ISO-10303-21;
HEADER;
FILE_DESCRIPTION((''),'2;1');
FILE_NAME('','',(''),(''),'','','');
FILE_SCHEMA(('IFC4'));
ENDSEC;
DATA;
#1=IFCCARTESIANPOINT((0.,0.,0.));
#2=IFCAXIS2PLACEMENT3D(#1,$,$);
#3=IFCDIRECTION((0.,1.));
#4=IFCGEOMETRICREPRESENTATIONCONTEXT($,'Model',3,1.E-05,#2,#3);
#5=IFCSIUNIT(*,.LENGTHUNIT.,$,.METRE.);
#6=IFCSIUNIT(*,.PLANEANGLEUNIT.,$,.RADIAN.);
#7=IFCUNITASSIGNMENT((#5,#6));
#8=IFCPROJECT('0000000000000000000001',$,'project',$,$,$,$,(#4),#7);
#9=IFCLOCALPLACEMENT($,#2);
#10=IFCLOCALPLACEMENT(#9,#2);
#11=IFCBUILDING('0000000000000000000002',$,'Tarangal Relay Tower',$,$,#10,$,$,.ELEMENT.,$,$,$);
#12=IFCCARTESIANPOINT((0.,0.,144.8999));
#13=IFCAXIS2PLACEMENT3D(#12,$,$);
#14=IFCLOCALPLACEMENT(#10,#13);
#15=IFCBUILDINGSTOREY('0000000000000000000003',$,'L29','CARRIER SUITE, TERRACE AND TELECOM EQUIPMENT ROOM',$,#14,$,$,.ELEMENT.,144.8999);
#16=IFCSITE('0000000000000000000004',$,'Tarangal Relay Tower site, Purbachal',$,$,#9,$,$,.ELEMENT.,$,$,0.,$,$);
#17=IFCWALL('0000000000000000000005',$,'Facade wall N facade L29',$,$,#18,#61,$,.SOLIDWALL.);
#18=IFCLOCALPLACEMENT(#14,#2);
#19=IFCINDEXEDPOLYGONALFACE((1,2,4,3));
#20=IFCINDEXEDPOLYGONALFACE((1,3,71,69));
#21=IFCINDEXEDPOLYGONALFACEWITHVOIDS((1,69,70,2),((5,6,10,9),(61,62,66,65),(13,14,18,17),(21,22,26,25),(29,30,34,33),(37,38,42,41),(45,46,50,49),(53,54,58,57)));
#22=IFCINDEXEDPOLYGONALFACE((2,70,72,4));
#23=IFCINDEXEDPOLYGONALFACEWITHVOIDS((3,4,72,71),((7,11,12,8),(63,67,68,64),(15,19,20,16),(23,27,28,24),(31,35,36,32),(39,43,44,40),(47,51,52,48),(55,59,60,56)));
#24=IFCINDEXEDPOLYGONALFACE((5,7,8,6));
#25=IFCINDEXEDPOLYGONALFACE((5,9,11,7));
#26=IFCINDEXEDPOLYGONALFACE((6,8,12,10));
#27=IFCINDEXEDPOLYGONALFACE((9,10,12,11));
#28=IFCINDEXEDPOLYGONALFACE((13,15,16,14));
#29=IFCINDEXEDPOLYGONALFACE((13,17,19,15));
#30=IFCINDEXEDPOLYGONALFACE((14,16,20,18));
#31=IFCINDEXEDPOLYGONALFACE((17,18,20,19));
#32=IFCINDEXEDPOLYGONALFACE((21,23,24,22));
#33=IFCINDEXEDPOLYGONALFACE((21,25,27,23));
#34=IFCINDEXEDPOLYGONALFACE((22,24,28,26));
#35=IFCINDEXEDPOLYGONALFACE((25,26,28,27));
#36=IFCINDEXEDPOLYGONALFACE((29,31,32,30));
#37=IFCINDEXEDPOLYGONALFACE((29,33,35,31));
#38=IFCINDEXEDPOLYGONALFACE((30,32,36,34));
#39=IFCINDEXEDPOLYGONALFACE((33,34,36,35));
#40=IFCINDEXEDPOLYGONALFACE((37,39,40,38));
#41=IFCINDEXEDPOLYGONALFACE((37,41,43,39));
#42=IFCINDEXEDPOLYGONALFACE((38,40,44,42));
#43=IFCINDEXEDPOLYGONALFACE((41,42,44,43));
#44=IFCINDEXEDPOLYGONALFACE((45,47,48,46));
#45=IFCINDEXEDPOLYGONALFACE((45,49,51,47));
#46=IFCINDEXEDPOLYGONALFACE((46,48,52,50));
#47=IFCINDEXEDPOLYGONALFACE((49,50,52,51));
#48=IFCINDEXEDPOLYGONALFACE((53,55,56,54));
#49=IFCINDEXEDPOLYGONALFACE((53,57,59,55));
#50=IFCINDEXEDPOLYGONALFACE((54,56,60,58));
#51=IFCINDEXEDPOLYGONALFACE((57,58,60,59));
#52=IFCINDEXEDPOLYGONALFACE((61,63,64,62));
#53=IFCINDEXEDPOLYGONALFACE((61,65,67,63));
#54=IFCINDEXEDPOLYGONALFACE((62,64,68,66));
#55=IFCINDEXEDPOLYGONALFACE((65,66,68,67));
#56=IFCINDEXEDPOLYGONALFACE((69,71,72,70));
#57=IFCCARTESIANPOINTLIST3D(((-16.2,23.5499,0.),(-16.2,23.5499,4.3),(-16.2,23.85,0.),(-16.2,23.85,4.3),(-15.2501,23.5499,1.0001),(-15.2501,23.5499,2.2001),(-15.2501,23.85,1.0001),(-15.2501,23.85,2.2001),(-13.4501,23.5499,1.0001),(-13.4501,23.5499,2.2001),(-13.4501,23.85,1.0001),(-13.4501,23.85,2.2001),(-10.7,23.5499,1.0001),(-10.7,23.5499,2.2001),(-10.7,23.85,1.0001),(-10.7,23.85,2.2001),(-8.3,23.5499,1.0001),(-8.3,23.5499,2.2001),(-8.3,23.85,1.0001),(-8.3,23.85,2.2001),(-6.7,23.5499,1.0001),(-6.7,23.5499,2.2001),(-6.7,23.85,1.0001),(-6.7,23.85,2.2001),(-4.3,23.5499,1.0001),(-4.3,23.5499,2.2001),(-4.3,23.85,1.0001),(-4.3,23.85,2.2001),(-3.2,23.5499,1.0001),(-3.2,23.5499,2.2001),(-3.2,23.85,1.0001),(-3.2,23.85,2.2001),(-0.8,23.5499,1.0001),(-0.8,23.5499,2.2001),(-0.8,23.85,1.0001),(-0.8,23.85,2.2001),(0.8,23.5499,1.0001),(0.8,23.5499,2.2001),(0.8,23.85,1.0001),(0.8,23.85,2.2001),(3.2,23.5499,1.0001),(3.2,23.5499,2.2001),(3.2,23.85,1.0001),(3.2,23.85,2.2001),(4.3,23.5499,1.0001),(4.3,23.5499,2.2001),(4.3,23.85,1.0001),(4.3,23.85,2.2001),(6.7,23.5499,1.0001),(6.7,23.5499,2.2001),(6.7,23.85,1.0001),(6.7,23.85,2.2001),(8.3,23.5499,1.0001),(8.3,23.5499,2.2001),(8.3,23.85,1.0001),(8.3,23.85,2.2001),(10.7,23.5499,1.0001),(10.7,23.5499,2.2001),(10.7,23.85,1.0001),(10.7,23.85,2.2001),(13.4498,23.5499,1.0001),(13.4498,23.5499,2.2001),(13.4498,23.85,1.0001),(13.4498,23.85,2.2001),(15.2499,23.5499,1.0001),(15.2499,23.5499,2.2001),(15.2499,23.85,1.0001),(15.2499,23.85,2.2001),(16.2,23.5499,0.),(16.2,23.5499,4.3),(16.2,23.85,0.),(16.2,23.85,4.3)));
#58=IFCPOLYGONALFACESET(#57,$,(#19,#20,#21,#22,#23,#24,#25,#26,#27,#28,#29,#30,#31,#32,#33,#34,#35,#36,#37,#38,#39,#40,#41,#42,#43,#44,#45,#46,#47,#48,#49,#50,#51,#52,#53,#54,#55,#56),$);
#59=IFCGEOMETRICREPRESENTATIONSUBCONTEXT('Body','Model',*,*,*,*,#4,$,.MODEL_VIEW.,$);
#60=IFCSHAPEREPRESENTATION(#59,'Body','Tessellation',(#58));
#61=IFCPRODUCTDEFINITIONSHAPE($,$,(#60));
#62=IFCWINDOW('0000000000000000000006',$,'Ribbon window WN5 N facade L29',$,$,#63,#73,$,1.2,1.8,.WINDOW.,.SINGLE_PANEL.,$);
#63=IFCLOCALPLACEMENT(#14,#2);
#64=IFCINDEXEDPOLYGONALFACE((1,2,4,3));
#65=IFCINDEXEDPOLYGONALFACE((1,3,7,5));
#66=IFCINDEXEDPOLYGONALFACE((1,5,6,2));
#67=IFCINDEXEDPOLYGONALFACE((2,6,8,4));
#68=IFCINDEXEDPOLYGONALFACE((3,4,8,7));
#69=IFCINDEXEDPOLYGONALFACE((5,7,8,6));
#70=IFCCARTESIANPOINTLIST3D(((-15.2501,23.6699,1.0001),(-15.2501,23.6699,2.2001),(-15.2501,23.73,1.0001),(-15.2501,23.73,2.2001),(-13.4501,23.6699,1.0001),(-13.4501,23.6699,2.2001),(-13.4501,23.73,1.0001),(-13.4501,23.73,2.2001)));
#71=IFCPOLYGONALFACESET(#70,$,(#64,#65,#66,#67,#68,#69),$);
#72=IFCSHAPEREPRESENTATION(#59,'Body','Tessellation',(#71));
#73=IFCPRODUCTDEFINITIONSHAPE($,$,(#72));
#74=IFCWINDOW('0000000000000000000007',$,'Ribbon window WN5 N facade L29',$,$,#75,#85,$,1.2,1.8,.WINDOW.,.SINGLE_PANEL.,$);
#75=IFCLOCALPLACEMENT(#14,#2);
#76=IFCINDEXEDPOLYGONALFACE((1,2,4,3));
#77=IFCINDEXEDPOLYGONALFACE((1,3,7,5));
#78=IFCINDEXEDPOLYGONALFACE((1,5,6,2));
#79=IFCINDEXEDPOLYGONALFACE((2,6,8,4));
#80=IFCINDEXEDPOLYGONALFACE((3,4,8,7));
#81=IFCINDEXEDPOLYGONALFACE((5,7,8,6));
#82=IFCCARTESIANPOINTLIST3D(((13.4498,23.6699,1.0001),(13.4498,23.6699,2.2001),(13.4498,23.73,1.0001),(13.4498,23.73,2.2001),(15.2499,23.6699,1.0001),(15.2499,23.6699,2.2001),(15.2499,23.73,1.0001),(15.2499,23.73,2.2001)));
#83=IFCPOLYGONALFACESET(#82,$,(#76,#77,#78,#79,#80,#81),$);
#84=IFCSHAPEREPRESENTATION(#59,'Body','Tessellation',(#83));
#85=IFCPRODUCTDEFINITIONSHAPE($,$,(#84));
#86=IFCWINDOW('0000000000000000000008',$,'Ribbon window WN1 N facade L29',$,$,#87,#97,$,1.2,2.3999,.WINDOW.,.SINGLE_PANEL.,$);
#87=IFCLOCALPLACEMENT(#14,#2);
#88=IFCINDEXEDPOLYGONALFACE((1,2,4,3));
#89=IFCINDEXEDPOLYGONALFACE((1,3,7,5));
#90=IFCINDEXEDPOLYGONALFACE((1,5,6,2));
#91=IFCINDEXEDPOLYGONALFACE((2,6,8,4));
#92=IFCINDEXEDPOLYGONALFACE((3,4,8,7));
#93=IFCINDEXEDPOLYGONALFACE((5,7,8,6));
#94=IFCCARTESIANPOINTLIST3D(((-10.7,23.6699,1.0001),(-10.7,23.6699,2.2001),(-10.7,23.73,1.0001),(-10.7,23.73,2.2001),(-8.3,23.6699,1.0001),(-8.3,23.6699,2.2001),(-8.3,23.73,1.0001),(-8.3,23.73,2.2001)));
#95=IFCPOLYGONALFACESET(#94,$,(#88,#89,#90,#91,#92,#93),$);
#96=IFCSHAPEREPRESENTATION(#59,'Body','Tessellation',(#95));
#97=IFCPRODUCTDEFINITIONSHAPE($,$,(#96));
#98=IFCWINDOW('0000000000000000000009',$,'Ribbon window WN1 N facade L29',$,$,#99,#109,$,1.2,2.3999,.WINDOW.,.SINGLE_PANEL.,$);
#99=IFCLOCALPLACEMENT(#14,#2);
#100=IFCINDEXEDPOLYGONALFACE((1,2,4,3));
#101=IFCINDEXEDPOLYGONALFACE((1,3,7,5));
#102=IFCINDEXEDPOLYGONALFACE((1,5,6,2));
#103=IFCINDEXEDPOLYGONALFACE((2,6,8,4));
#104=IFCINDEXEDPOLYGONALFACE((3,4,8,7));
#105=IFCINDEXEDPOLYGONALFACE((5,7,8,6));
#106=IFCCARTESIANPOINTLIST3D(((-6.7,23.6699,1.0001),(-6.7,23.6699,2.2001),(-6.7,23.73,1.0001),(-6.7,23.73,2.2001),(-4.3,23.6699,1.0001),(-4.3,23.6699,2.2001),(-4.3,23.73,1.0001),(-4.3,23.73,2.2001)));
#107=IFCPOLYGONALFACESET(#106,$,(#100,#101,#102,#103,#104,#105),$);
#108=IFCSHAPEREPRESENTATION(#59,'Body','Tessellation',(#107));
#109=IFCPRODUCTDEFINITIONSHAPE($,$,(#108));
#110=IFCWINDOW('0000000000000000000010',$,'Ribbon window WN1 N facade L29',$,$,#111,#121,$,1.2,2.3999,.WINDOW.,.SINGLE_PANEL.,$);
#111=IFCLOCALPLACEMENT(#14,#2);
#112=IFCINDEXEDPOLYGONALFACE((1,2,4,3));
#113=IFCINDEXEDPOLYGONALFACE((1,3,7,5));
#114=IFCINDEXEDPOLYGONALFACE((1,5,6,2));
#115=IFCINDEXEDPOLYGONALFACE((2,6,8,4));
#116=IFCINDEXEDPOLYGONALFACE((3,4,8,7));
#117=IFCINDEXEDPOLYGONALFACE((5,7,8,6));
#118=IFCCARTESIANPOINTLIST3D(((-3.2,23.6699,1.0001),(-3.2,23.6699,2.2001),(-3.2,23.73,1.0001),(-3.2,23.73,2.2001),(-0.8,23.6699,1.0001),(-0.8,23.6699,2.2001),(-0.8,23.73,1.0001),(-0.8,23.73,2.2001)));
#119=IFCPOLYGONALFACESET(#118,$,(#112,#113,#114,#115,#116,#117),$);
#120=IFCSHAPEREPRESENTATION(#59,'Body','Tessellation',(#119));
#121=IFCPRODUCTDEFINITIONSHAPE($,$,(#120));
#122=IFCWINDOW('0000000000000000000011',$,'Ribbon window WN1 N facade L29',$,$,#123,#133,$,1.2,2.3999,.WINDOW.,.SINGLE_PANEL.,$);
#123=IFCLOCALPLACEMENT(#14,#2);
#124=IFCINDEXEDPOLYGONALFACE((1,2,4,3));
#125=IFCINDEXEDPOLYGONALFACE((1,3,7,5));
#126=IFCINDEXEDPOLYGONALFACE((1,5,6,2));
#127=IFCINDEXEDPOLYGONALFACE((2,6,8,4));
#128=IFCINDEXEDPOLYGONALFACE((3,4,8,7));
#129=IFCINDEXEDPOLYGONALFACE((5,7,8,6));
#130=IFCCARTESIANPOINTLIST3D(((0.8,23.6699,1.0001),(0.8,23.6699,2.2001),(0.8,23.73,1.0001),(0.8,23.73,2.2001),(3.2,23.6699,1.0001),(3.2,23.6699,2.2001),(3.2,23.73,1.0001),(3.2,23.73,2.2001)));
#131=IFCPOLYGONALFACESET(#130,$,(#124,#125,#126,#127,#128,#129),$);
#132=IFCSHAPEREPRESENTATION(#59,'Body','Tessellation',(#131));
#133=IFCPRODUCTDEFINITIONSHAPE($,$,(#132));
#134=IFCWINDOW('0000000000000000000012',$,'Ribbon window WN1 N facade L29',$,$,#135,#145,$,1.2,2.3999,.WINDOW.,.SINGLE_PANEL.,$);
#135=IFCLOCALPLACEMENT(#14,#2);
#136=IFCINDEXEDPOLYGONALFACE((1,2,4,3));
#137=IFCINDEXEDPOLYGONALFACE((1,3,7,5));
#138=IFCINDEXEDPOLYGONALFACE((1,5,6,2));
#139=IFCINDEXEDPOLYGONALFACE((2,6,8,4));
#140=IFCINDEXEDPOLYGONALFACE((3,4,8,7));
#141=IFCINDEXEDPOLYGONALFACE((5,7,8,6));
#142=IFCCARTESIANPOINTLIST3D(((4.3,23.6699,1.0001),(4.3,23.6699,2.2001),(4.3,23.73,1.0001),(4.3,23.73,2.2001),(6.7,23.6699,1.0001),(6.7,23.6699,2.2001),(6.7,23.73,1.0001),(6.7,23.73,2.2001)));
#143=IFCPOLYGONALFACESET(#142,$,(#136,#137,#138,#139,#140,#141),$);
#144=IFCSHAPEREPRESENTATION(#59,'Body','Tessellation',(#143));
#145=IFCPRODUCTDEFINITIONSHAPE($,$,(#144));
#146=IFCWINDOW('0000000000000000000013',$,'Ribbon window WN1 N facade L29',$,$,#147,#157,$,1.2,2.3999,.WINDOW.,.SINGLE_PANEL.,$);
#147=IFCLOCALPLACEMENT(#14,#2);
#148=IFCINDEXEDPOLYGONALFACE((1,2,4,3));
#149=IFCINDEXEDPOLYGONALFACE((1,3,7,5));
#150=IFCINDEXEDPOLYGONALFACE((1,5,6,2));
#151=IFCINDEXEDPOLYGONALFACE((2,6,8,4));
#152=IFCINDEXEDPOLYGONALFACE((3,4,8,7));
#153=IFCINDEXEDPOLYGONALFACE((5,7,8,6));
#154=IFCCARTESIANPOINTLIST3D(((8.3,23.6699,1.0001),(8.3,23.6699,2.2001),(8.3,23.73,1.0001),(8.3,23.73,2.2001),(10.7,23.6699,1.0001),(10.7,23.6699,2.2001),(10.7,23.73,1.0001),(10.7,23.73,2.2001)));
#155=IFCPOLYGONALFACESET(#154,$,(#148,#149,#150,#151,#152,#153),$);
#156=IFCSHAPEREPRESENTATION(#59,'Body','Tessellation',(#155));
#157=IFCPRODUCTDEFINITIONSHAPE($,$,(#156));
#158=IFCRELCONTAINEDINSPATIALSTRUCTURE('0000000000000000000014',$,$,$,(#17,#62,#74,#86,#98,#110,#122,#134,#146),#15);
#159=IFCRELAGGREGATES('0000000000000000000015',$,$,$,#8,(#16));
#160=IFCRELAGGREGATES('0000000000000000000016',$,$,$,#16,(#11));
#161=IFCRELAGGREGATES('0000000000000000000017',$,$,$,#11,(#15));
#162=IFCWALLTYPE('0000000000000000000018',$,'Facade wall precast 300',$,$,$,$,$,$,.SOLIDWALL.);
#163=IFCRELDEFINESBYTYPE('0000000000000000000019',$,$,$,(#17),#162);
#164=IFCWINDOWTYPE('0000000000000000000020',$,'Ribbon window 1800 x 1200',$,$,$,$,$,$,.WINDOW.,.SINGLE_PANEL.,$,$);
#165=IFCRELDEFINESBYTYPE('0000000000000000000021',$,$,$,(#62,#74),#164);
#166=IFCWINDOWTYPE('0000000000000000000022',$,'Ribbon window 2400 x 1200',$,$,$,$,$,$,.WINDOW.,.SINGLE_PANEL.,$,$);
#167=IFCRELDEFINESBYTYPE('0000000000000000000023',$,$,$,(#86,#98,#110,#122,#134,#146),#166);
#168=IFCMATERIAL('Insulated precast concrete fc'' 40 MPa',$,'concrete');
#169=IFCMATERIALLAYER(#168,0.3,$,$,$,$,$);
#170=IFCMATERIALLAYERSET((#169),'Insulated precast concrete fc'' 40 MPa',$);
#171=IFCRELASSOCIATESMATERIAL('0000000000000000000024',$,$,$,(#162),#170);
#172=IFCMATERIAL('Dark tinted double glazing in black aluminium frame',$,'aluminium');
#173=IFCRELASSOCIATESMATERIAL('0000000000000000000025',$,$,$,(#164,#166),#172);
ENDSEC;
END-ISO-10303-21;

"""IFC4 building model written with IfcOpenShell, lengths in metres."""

from ifc_helpers import new_model, si_unit, direction, frame, frame_2d, origin, place, context, subcontext, project, spatial, rectangle, extrude, material, layer, layer_set, type_object, element, fill, save


model = new_model("IFC4")

# Units and contexts
model_context = context("Model", 3, precision=1e-05, world=origin(), true_north=direction((0.0, 1.0)))
body_context = subcontext(model_context, "Body", "Model", "MODEL_VIEW")
ifc_project = project(units=[si_unit("LENGTHUNIT", "METRE"), si_unit("PLANEANGLEUNIT", "RADIAN")], contexts=[model_context])

# Site, building, storey
site_placement = place(None, origin())
site = spatial("IfcSite", under=ifc_project, at=site_placement, Name="Tarangal Relay Tower site, Purbachal", CompositionType="ELEMENT", RefElevation=0.0)
building_placement = place(site_placement, origin())
building = spatial("IfcBuilding", under=site, at=building_placement, Name="Tarangal Relay Tower", CompositionType="ELEMENT")
storey_placement = place(building_placement, frame((0.0, 0.0, 144.8999)))
storey = spatial("IfcBuildingStorey", under=building, at=storey_placement, Name="L29", Description="CARRIER SUITE, TERRACE AND TELECOM EQUIPMENT ROOM", CompositionType="ELEMENT", Elevation=144.8999)

# Wall, openings, windows
ifc_material_1 = material(Name="Insulated precast concrete fc' 40 MPa", Category="concrete")
ifc_layer_1 = layer(ifc_material_1, 0.3)
ifc_layer_set_1 = layer_set([ifc_layer_1], Name="Insulated precast concrete fc' 40 MPa")
wall_type_1 = type_object("IfcWallType", Name="Facade wall precast 300", PredefinedType="SOLIDWALL", material=ifc_layer_set_1)
wall_1_placement = place(storey_placement, frame((-16.2, 23.7, 0.0), z_axis=(0.0, 0.0, 1.0), x_axis=(1.0, 0.0, 0.0)))
wall_1 = element("IfcWall", 1, at=wall_1_placement, inside=storey, type_object=wall_type_1, Name="Facade wall N facade L29", PredefinedType="SOLIDWALL", context=body_context, shape_type="SweptSolid", body=[
    extrude(rectangle(XDim=32.3999, YDim=0.3, at=frame_2d((16.2, 0.0))), origin(), (0.0, 0.0, 1.0), 4.3),
])
opening_1_placement = place(wall_1_placement, frame((0.95, 0.0, 1.0)))
opening_1 = element("IfcOpeningElement", 2, at=opening_1_placement, cuts=wall_1, PredefinedType="OPENING", context=body_context, shape_type="SweptSolid", body=[
    extrude(rectangle(XDim=1.8, YDim=1.2, at=frame_2d((0.8999, 0.6001))), frame((0.0, 0.1599, 0.0), z_axis=(0.0, -1.0, 0.0), x_axis=(1.0, 0.0, 0.0)), (0.0, 0.0, 1.0), 0.3201),
])
opening_2_placement = place(wall_1_placement, frame((5.5, 0.0, 1.0)))
opening_2 = element("IfcOpeningElement", 3, at=opening_2_placement, cuts=wall_1, PredefinedType="OPENING", context=body_context, shape_type="SweptSolid", body=[
    extrude(rectangle(XDim=2.3999, YDim=1.2, at=frame_2d((1.2, 0.6001))), frame((0.0, 0.1599, 0.0), z_axis=(0.0, -1.0, 0.0), x_axis=(1.0, 0.0, 0.0)), (0.0, 0.0, 1.0), 0.3201),
])
opening_3_placement = place(wall_1_placement, frame((9.5, 0.0, 1.0)))
opening_3 = element("IfcOpeningElement", 4, at=opening_3_placement, cuts=wall_1, PredefinedType="OPENING", context=body_context, shape_type="SweptSolid", body=[
    extrude(rectangle(XDim=2.3999, YDim=1.2, at=frame_2d((1.2, 0.6001))), frame((0.0, 0.1599, 0.0), z_axis=(0.0, -1.0, 0.0), x_axis=(1.0, 0.0, 0.0)), (0.0, 0.0, 1.0), 0.3201),
])
opening_4_placement = place(wall_1_placement, frame((13.0, 0.0, 1.0)))
opening_4 = element("IfcOpeningElement", 5, at=opening_4_placement, cuts=wall_1, PredefinedType="OPENING", context=body_context, shape_type="SweptSolid", body=[
    extrude(rectangle(XDim=2.3999, YDim=1.2, at=frame_2d((1.2, 0.6001))), frame((0.0, 0.1599, 0.0), z_axis=(0.0, -1.0, 0.0), x_axis=(1.0, 0.0, 0.0)), (0.0, 0.0, 1.0), 0.3201),
])
opening_5_placement = place(wall_1_placement, frame((17.0, 0.0, 1.0)))
opening_5 = element("IfcOpeningElement", 6, at=opening_5_placement, cuts=wall_1, PredefinedType="OPENING", context=body_context, shape_type="SweptSolid", body=[
    extrude(rectangle(XDim=2.3999, YDim=1.2, at=frame_2d((1.2, 0.6001))), frame((0.0, 0.1599, 0.0), z_axis=(0.0, -1.0, 0.0), x_axis=(1.0, 0.0, 0.0)), (0.0, 0.0, 1.0), 0.3201),
])
opening_6_placement = place(wall_1_placement, frame((20.5, 0.0, 1.0)))
opening_6 = element("IfcOpeningElement", 7, at=opening_6_placement, cuts=wall_1, PredefinedType="OPENING", context=body_context, shape_type="SweptSolid", body=[
    extrude(rectangle(XDim=2.3999, YDim=1.2, at=frame_2d((1.2, 0.6001))), frame((0.0, 0.1599, 0.0), z_axis=(0.0, -1.0, 0.0), x_axis=(1.0, 0.0, 0.0)), (0.0, 0.0, 1.0), 0.3201),
])
opening_7_placement = place(wall_1_placement, frame((24.5, 0.0, 1.0)))
opening_7 = element("IfcOpeningElement", 8, at=opening_7_placement, cuts=wall_1, PredefinedType="OPENING", context=body_context, shape_type="SweptSolid", body=[
    extrude(rectangle(XDim=2.3999, YDim=1.2, at=frame_2d((1.2, 0.6001))), frame((0.0, 0.1599, 0.0), z_axis=(0.0, -1.0, 0.0), x_axis=(1.0, 0.0, 0.0)), (0.0, 0.0, 1.0), 0.3201),
])
opening_8_placement = place(wall_1_placement, frame((29.6499, 0.0, 1.0)))
opening_8 = element("IfcOpeningElement", 9, at=opening_8_placement, cuts=wall_1, PredefinedType="OPENING", context=body_context, shape_type="SweptSolid", body=[
    extrude(rectangle(XDim=1.8, YDim=1.2, at=frame_2d((0.8999, 0.6001))), frame((0.0, 0.1599, 0.0), z_axis=(0.0, -1.0, 0.0), x_axis=(1.0, 0.0, 0.0)), (0.0, 0.0, 1.0), 0.3201),
])
ifc_material_2 = material(Name="Dark tinted double glazing in black aluminium frame", Category="aluminium")
window_type_1 = type_object("IfcWindowType", Name="Ribbon window 1800 x 1200", PartitioningType="SINGLE_PANEL", PredefinedType="WINDOW", material=ifc_material_2)
window_1_placement = place(opening_1_placement, origin())
window_1 = element("IfcWindow", 10, at=window_1_placement, inside=storey, type_object=window_type_1, Name="Ribbon window WN5 N facade L29", OverallHeight=1.2, OverallWidth=1.8, PartitioningType="SINGLE_PANEL", PredefinedType="WINDOW", context=body_context, shape_type="SweptSolid", body=[
    extrude(rectangle(XDim=1.8, YDim=1.2, at=frame_2d((0.8999, 0.6001))), frame((0.0, 0.03, 0.0), z_axis=(0.0, -1.0, 0.0), x_axis=(1.0, 0.0, 0.0)), (0.0, 0.0, 1.0), 0.0601),
])
fill(opening_1, window_1)
window_2_placement = place(opening_8_placement, origin())
window_2 = element("IfcWindow", 11, at=window_2_placement, inside=storey, type_object=window_type_1, Name="Ribbon window WN5 N facade L29", OverallHeight=1.2, OverallWidth=1.8, PartitioningType="SINGLE_PANEL", PredefinedType="WINDOW", context=body_context, shape_type="SweptSolid", body=[
    extrude(rectangle(XDim=1.8, YDim=1.2, at=frame_2d((0.8999, 0.6001))), frame((0.0, 0.03, 0.0), z_axis=(0.0, -1.0, 0.0), x_axis=(1.0, 0.0, 0.0)), (0.0, 0.0, 1.0), 0.0601),
])
fill(opening_8, window_2)
window_type_2 = type_object("IfcWindowType", Name="Ribbon window 2400 x 1200", PartitioningType="SINGLE_PANEL", PredefinedType="WINDOW", material=ifc_material_2)
window_3_placement = place(opening_2_placement, origin())
window_3 = element("IfcWindow", 12, at=window_3_placement, inside=storey, type_object=window_type_2, Name="Ribbon window WN1 N facade L29", OverallHeight=1.2, OverallWidth=2.3999, PartitioningType="SINGLE_PANEL", PredefinedType="WINDOW", context=body_context, shape_type="SweptSolid", body=[
    extrude(rectangle(XDim=2.3999, YDim=1.2, at=frame_2d((1.2, 0.6001))), frame((0.0, 0.03, 0.0), z_axis=(0.0, -1.0, 0.0), x_axis=(1.0, 0.0, 0.0)), (0.0, 0.0, 1.0), 0.0601),
])
fill(opening_2, window_3)
window_4_placement = place(opening_3_placement, origin())
window_4 = element("IfcWindow", 13, at=window_4_placement, inside=storey, type_object=window_type_2, Name="Ribbon window WN1 N facade L29", OverallHeight=1.2, OverallWidth=2.3999, PartitioningType="SINGLE_PANEL", PredefinedType="WINDOW", context=body_context, shape_type="SweptSolid", body=[
    extrude(rectangle(XDim=2.3999, YDim=1.2, at=frame_2d((1.2, 0.6001))), frame((0.0, 0.03, 0.0), z_axis=(0.0, -1.0, 0.0), x_axis=(1.0, 0.0, 0.0)), (0.0, 0.0, 1.0), 0.0601),
])
fill(opening_3, window_4)
window_5_placement = place(opening_4_placement, origin())
window_5 = element("IfcWindow", 14, at=window_5_placement, inside=storey, type_object=window_type_2, Name="Ribbon window WN1 N facade L29", OverallHeight=1.2, OverallWidth=2.3999, PartitioningType="SINGLE_PANEL", PredefinedType="WINDOW", context=body_context, shape_type="SweptSolid", body=[
    extrude(rectangle(XDim=2.3999, YDim=1.2, at=frame_2d((1.2, 0.6001))), frame((0.0, 0.03, 0.0), z_axis=(0.0, -1.0, 0.0), x_axis=(1.0, 0.0, 0.0)), (0.0, 0.0, 1.0), 0.0601),
])
fill(opening_4, window_5)
window_6_placement = place(opening_5_placement, origin())
window_6 = element("IfcWindow", 15, at=window_6_placement, inside=storey, type_object=window_type_2, Name="Ribbon window WN1 N facade L29", OverallHeight=1.2, OverallWidth=2.3999, PartitioningType="SINGLE_PANEL", PredefinedType="WINDOW", context=body_context, shape_type="SweptSolid", body=[
    extrude(rectangle(XDim=2.3999, YDim=1.2, at=frame_2d((1.2, 0.6001))), frame((0.0, 0.03, 0.0), z_axis=(0.0, -1.0, 0.0), x_axis=(1.0, 0.0, 0.0)), (0.0, 0.0, 1.0), 0.0601),
])
fill(opening_5, window_6)
window_7_placement = place(opening_6_placement, origin())
window_7 = element("IfcWindow", 16, at=window_7_placement, inside=storey, type_object=window_type_2, Name="Ribbon window WN1 N facade L29", OverallHeight=1.2, OverallWidth=2.3999, PartitioningType="SINGLE_PANEL", PredefinedType="WINDOW", context=body_context, shape_type="SweptSolid", body=[
    extrude(rectangle(XDim=2.3999, YDim=1.2, at=frame_2d((1.2, 0.6001))), frame((0.0, 0.03, 0.0), z_axis=(0.0, -1.0, 0.0), x_axis=(1.0, 0.0, 0.0)), (0.0, 0.0, 1.0), 0.0601),
])
fill(opening_6, window_7)
window_8_placement = place(opening_7_placement, origin())
window_8 = element("IfcWindow", 17, at=window_8_placement, inside=storey, type_object=window_type_2, Name="Ribbon window WN1 N facade L29", OverallHeight=1.2, OverallWidth=2.3999, PartitioningType="SINGLE_PANEL", PredefinedType="WINDOW", context=body_context, shape_type="SweptSolid", body=[
    extrude(rectangle(XDim=2.3999, YDim=1.2, at=frame_2d((1.2, 0.6001))), frame((0.0, 0.03, 0.0), z_axis=(0.0, -1.0, 0.0), x_axis=(1.0, 0.0, 0.0)), (0.0, 0.0, 1.0), 0.0601),
])
fill(opening_7, window_8)

save(model, "model.ifc")
